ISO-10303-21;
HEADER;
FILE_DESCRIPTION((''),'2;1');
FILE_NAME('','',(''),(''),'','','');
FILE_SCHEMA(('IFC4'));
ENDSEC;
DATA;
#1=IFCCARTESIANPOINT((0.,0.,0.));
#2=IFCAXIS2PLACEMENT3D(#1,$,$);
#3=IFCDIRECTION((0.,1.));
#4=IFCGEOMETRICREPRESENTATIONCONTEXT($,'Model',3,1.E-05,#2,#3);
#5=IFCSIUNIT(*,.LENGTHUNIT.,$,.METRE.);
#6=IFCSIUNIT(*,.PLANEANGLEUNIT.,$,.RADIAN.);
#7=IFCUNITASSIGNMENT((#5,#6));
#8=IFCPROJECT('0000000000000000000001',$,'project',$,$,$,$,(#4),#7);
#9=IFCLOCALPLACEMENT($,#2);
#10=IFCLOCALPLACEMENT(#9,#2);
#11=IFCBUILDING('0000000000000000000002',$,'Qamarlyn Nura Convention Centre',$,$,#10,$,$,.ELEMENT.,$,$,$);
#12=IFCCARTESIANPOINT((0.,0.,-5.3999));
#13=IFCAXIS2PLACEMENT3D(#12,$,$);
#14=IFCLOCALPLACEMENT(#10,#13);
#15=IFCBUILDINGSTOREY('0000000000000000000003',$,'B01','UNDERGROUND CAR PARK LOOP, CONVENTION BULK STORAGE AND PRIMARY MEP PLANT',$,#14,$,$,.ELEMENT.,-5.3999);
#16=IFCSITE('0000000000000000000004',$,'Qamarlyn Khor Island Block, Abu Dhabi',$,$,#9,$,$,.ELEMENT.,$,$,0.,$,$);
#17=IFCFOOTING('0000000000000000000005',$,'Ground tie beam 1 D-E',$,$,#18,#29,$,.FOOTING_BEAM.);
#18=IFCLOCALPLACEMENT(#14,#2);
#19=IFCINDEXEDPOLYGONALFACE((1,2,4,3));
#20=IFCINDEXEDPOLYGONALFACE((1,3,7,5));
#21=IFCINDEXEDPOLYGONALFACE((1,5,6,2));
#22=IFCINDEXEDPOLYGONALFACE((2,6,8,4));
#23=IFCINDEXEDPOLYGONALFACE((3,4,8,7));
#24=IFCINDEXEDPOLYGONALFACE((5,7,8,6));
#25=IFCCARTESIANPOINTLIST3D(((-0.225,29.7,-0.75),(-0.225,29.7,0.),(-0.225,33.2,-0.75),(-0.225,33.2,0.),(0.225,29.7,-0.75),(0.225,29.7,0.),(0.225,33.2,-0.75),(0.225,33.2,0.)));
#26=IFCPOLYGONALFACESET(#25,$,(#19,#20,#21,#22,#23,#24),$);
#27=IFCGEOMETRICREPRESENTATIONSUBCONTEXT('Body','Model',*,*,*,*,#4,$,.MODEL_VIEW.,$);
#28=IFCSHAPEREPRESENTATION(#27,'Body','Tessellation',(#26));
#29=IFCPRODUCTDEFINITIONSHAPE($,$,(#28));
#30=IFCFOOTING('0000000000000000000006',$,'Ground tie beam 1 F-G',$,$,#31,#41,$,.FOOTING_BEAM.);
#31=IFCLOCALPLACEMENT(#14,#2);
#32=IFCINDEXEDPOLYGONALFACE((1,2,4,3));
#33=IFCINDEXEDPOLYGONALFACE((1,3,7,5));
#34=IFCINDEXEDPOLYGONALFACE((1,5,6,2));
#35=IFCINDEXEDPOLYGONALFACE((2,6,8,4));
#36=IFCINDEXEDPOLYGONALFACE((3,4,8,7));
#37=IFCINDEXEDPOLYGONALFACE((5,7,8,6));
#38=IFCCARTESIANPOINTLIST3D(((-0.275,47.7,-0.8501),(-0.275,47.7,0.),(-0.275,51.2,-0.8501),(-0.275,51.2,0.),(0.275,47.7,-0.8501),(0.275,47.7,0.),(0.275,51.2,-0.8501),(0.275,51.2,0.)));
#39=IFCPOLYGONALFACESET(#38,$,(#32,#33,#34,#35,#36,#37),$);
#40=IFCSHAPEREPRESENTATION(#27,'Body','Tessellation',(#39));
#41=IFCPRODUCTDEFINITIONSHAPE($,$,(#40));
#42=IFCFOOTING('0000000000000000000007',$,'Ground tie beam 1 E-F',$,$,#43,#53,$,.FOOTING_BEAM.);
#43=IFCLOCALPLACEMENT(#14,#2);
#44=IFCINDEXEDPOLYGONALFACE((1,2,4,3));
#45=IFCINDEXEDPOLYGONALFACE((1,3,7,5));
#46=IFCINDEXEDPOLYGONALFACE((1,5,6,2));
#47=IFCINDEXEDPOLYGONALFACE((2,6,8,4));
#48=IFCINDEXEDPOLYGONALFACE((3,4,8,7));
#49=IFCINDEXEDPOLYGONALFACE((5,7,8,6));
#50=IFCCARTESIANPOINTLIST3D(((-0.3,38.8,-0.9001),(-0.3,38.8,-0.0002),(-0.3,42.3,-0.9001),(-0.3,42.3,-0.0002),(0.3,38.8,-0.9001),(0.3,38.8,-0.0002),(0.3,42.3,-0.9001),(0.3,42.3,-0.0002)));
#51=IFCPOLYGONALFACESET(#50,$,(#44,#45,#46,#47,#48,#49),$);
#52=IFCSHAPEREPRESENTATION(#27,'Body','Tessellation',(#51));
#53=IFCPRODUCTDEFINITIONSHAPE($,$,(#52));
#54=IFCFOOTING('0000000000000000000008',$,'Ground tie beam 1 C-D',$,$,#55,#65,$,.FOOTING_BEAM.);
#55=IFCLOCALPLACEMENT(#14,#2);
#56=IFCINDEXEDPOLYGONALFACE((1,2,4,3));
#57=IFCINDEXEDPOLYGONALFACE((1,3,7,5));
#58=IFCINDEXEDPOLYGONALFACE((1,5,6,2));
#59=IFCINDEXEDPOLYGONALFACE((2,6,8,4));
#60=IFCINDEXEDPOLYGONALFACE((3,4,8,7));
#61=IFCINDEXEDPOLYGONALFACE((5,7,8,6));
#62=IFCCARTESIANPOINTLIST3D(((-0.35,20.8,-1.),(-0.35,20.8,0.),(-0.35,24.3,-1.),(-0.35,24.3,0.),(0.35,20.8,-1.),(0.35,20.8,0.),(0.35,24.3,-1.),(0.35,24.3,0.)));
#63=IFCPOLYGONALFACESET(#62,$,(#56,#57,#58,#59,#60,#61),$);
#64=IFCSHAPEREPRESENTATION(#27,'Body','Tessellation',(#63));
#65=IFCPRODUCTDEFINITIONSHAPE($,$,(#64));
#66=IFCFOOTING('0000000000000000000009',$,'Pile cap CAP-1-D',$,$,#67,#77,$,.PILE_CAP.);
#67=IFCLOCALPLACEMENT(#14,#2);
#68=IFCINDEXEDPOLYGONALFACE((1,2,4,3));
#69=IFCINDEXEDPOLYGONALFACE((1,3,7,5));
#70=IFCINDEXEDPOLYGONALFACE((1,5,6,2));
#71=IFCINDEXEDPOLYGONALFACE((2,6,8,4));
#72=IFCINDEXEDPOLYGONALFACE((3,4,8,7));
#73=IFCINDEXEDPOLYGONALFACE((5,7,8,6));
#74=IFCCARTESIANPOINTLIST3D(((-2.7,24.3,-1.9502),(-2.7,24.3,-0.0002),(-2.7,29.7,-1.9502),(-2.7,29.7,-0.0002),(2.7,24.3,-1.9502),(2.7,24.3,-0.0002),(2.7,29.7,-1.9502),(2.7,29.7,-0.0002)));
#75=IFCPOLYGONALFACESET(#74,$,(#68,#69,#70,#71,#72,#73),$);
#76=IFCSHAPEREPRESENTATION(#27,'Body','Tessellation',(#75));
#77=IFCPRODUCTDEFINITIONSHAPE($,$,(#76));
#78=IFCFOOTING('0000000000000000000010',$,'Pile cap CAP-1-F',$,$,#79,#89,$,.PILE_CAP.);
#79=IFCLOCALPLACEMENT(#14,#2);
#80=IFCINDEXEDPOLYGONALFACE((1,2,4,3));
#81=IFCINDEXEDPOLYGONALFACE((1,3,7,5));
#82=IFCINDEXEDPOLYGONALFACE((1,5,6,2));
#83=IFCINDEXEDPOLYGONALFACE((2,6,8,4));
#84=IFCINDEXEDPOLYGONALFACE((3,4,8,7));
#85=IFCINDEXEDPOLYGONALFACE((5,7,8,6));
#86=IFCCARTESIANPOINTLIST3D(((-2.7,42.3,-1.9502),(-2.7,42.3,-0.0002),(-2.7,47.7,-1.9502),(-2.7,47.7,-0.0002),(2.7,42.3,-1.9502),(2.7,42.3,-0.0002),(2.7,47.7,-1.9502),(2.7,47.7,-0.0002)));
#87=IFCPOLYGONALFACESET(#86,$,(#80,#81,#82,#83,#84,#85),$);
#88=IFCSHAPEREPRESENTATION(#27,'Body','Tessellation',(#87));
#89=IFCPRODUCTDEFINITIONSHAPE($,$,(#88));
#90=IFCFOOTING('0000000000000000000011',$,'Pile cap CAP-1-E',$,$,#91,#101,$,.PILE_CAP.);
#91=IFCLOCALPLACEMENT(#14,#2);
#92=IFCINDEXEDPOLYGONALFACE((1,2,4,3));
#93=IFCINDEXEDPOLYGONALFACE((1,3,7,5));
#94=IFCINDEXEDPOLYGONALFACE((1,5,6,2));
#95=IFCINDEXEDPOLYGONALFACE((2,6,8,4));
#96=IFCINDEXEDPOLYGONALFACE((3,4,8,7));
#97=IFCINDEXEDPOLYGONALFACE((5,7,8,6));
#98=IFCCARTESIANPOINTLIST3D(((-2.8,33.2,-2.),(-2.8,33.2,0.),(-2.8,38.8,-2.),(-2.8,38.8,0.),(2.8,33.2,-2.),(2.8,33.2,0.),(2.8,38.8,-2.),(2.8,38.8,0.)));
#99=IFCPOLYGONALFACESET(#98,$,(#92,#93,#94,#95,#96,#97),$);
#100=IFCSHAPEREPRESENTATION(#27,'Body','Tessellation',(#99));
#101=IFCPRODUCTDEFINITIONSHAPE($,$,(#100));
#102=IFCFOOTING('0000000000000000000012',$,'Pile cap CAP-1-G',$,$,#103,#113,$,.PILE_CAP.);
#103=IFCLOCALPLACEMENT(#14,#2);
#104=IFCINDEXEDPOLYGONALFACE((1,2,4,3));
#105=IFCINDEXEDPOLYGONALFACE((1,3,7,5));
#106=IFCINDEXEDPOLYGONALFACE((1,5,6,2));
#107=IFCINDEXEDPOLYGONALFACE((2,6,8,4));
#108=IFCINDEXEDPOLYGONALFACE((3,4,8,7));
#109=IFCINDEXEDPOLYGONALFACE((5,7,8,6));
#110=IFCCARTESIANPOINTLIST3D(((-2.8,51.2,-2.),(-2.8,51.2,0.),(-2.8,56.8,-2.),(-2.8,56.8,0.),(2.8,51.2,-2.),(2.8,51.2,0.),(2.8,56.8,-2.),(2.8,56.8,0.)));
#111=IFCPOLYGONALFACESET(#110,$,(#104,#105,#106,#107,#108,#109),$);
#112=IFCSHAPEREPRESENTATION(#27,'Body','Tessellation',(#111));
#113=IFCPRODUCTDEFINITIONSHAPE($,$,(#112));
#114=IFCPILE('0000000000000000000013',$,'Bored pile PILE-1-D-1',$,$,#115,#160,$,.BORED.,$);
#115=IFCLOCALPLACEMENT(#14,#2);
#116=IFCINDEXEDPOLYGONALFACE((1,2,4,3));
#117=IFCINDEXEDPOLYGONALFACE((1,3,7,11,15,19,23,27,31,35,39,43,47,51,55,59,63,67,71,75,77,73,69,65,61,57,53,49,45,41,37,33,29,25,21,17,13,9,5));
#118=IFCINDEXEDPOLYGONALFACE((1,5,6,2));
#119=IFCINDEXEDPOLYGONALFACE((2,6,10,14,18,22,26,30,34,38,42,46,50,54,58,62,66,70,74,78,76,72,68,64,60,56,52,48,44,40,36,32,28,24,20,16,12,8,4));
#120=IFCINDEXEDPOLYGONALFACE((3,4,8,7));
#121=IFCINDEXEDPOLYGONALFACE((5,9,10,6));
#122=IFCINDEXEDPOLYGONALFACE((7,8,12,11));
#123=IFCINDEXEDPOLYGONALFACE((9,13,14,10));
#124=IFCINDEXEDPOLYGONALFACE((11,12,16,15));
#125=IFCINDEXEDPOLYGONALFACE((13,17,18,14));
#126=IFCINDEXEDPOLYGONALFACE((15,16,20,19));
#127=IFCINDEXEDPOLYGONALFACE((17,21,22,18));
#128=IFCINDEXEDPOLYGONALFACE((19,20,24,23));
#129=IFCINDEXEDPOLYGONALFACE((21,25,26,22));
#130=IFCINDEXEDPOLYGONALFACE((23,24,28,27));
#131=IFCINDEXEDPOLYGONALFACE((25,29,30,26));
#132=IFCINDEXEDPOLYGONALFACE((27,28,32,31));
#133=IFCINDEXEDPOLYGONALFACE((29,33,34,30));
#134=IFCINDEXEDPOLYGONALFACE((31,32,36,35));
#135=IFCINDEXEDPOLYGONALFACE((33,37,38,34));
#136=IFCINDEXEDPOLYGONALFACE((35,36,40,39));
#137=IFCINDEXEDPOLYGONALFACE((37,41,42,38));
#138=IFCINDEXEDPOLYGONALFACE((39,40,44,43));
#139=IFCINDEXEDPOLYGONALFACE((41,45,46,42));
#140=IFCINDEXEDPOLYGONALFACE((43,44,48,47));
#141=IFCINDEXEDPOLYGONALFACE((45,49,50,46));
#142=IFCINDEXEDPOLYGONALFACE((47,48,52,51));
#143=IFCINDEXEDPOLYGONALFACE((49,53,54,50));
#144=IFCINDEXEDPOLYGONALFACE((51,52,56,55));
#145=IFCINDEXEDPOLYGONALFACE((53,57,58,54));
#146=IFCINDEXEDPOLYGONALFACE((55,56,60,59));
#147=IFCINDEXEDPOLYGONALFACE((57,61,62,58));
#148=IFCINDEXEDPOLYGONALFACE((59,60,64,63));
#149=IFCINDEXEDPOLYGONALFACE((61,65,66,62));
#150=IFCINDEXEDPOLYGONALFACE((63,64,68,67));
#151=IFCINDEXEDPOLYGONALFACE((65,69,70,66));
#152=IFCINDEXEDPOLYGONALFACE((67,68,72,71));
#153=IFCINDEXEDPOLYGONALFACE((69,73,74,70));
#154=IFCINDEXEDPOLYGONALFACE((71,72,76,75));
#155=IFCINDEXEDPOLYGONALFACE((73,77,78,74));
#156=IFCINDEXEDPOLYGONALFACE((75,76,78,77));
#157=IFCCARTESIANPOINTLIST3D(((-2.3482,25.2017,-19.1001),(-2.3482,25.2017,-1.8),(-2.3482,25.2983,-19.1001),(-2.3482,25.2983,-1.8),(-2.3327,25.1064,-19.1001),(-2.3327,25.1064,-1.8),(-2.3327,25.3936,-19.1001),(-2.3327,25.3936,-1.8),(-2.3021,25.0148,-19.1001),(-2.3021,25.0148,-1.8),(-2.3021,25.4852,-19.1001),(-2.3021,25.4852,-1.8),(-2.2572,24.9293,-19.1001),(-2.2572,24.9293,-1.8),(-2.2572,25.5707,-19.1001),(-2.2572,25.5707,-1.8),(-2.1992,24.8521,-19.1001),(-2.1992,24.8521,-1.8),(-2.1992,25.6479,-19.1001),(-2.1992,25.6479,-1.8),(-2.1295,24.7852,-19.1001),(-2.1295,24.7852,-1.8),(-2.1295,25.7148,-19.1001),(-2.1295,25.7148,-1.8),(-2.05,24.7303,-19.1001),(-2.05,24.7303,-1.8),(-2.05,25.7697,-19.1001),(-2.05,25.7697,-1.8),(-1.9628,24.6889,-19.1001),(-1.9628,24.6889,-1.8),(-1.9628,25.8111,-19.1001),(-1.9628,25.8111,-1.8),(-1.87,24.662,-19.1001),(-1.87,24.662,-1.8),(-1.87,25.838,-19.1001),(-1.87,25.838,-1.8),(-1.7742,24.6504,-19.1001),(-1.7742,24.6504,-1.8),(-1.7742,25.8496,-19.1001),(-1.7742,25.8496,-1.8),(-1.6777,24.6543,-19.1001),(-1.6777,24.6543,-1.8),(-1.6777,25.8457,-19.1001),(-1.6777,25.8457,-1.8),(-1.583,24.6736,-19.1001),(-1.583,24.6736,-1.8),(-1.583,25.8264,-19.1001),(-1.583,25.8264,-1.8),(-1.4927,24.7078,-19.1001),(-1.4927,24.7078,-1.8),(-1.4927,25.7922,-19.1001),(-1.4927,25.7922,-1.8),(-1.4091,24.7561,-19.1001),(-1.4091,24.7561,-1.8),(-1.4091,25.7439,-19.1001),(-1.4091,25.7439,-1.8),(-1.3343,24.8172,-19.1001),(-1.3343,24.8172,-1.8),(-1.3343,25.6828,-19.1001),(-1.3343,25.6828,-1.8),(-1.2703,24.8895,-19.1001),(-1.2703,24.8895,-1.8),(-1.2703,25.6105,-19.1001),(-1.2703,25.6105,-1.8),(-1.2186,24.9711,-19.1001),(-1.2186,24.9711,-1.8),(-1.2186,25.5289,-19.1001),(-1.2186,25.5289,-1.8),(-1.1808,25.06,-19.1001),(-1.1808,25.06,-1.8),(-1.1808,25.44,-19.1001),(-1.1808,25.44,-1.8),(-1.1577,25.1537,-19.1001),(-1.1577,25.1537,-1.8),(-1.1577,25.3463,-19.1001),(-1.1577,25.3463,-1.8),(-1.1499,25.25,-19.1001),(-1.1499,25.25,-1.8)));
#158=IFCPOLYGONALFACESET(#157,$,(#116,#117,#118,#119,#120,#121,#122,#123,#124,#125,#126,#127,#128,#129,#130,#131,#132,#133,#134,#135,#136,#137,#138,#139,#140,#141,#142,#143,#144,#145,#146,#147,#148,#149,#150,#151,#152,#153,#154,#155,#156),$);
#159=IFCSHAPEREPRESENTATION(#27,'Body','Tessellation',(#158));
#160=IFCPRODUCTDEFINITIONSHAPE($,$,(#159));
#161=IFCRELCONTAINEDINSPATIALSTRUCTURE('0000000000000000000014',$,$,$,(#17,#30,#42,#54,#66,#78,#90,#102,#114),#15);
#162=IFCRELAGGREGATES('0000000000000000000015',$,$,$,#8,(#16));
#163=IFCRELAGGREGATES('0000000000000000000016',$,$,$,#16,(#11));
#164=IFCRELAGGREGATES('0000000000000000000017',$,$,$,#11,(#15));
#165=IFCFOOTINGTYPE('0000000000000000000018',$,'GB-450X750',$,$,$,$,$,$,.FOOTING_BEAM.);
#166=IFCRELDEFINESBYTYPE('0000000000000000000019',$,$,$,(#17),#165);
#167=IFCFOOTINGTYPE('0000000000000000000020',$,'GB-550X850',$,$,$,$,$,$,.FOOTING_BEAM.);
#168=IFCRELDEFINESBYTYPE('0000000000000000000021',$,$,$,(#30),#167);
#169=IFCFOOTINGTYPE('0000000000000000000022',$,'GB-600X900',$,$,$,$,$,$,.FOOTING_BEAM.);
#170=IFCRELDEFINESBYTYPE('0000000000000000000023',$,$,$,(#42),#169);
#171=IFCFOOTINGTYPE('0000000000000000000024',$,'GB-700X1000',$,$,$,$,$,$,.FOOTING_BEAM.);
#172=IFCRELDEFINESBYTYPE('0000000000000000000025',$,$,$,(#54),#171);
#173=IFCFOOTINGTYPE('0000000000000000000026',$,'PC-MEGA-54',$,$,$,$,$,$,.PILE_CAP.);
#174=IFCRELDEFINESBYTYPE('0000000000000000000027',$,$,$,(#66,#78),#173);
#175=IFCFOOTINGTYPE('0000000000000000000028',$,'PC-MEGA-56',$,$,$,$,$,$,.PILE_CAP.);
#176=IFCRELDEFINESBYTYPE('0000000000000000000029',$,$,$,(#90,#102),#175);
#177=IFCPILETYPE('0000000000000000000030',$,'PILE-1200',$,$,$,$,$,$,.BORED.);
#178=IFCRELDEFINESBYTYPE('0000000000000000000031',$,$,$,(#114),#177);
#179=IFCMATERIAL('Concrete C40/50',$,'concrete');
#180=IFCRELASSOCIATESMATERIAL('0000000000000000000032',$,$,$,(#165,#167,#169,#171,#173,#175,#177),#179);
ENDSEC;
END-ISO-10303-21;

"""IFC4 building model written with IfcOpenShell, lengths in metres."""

from ifc_helpers import new_model, si_unit, direction, frame, origin, origin_2d, place, context, subcontext, project, spatial, rectangle, circle, extrude, material, material_profile, profile_set, type_object, element, save


model = new_model("IFC4")

# Units and contexts
model_context = context("Model", 3, precision=1e-05, world=origin(), true_north=direction((0.0, 1.0)))
body_context = subcontext(model_context, "Body", "Model", "MODEL_VIEW")
ifc_project = project(units=[si_unit("LENGTHUNIT", "METRE"), si_unit("PLANEANGLEUNIT", "RADIAN")], contexts=[model_context])

# Site, building, storey
site_placement = place(None, origin())
site = spatial("IfcSite", under=ifc_project, at=site_placement, Name="Qamarlyn Khor Island Block, Abu Dhabi", CompositionType="ELEMENT", RefElevation=0.0)
building_placement = place(site_placement, origin())
building = spatial("IfcBuilding", under=site, at=building_placement, Name="Qamarlyn Nura Convention Centre", CompositionType="ELEMENT")
storey_placement = place(building_placement, frame((0.0, 0.0, -5.3999)))
storey = spatial("IfcBuildingStorey", under=building, at=storey_placement, Name="B01", Description="UNDERGROUND CAR PARK LOOP, CONVENTION BULK STORAGE AND PRIMARY MEP PLANT", CompositionType="ELEMENT", Elevation=-5.3999)

# Footings
ifc_material_1 = material(Name="Concrete C40/50", Category="concrete")
ifc_material_profile_1 = material_profile(ifc_material_1, rectangle(XDim=0.45, YDim=0.75, at=origin_2d()), Name="RC GB 450x750")
ifc_profile_set_1 = profile_set([ifc_material_profile_1], Name="Concrete C40/50")
footing_type_1 = type_object("IfcFootingType", Name="GB-450X750", PredefinedType="FOOTING_BEAM", material=ifc_profile_set_1)
footing_1_placement = place(storey_placement, frame((0.0, 29.7, -0.375), z_axis=(0.0, 1.0, 0.0), x_axis=(-1.0, 0.0, 0.0)))
element("IfcFooting", 1, at=footing_1_placement, inside=storey, type_object=footing_type_1, Name="Ground tie beam 1 D-E", PredefinedType="FOOTING_BEAM", context=body_context, shape_type="SweptSolid", body=[
    extrude(rectangle(XDim=0.45, YDim=0.75, at=origin_2d()), origin(), (0.0, 0.0, 1.0), 3.5),
])
ifc_material_profile_2 = material_profile(ifc_material_1, rectangle(XDim=0.55, YDim=0.8501, at=origin_2d()), Name="RC GB 550x850")
ifc_profile_set_2 = profile_set([ifc_material_profile_2], Name="Concrete C40/50")
footing_type_2 = type_object("IfcFootingType", Name="GB-550X850", PredefinedType="FOOTING_BEAM", material=ifc_profile_set_2)
footing_2_placement = place(storey_placement, frame((0.0, 47.7, -0.425), z_axis=(0.0, 1.0, 0.0), x_axis=(-1.0, 0.0, 0.0)))
element("IfcFooting", 2, at=footing_2_placement, inside=storey, type_object=footing_type_2, Name="Ground tie beam 1 F-G", PredefinedType="FOOTING_BEAM", context=body_context, shape_type="SweptSolid", body=[
    extrude(rectangle(XDim=0.55, YDim=0.8501, at=origin_2d()), origin(), (0.0, 0.0, 1.0), 3.5),
])
ifc_material_profile_3 = material_profile(ifc_material_1, rectangle(XDim=0.6001, YDim=0.8999, at=origin_2d()), Name="RC GB 600x900")
ifc_profile_set_3 = profile_set([ifc_material_profile_3], Name="Concrete C40/50")
footing_type_3 = type_object("IfcFootingType", Name="GB-600X900", PredefinedType="FOOTING_BEAM", material=ifc_profile_set_3)
footing_3_placement = place(storey_placement, frame((0.0, 38.8, -0.4502), z_axis=(0.0, 1.0, 0.0), x_axis=(-1.0, 0.0, 0.0)))
element("IfcFooting", 3, at=footing_3_placement, inside=storey, type_object=footing_type_3, Name="Ground tie beam 1 E-F", PredefinedType="FOOTING_BEAM", context=body_context, shape_type="SweptSolid", body=[
    extrude(rectangle(XDim=0.6001, YDim=0.8999, at=origin_2d()), origin(), (0.0, 0.0, 1.0), 3.5),
])
ifc_material_profile_4 = material_profile(ifc_material_1, rectangle(XDim=0.7, YDim=1.0, at=origin_2d()), Name="RC GB 700x1000")
ifc_profile_set_4 = profile_set([ifc_material_profile_4], Name="Concrete C40/50")
footing_type_4 = type_object("IfcFootingType", Name="GB-700X1000", PredefinedType="FOOTING_BEAM", material=ifc_profile_set_4)
footing_4_placement = place(storey_placement, frame((0.0, 20.8, -0.5), z_axis=(0.0, 1.0, 0.0), x_axis=(-1.0, 0.0, 0.0)))
element("IfcFooting", 4, at=footing_4_placement, inside=storey, type_object=footing_type_4, Name="Ground tie beam 1 C-D", PredefinedType="FOOTING_BEAM", context=body_context, shape_type="SweptSolid", body=[
    extrude(rectangle(XDim=0.7, YDim=1.0, at=origin_2d()), origin(), (0.0, 0.0, 1.0), 3.5),
])
footing_type_5 = type_object("IfcFootingType", Name="PC-MEGA-54", PredefinedType="PILE_CAP", material=ifc_material_1)
for number, where, z_axis, x_axis, name in (
    (5, (0.0, 27.0, -1.9502), (0.0, 0.0, 1.0), (1.0, 0.0, 0.0), "Pile cap CAP-1-D"),
    (6, (0.0, 45.0, -1.9502), (0.0, 0.0, 1.0), (1.0, 0.0, 0.0), "Pile cap CAP-1-F"),
):
    element("IfcFooting", number, at=place(storey_placement, frame(where, z_axis=z_axis, x_axis=x_axis)), inside=storey, type_object=footing_type_5, Name=name, PredefinedType="PILE_CAP", context=body_context, shape_type="SweptSolid", body=[
        extrude(rectangle(XDim=5.3999, YDim=5.3999, at=origin_2d()), origin(), (0.0, 0.0, 1.0), 1.95),
    ])
footing_type_6 = type_object("IfcFootingType", Name="PC-MEGA-56", PredefinedType="PILE_CAP", material=ifc_material_1)
for number, where, z_axis, x_axis, name in (
    (7, (0.0, 36.0, -2.0), (0.0, 0.0, 1.0), (1.0, 0.0, 0.0), "Pile cap CAP-1-E"),
    (8, (0.0, 54.0, -2.0), (0.0, 0.0, 1.0), (1.0, 0.0, 0.0), "Pile cap CAP-1-G"),
):
    element("IfcFooting", number, at=place(storey_placement, frame(where, z_axis=z_axis, x_axis=x_axis)), inside=storey, type_object=footing_type_6, Name=name, PredefinedType="PILE_CAP", context=body_context, shape_type="SweptSolid", body=[
        extrude(rectangle(XDim=5.6001, YDim=5.6001, at=origin_2d()), origin(), (0.0, 0.0, 1.0), 2.0),
    ])

# Pile
ifc_material_profile_5 = material_profile(ifc_material_1, circle(Radius=0.6001, at=origin_2d()), Name="BORED PILE 1200")
ifc_profile_set_5 = profile_set([ifc_material_profile_5], Name="Concrete C40/50")
pile_type = type_object("IfcPileType", Name="PILE-1200", PredefinedType="BORED", material=ifc_profile_set_5)
for number, where, z_axis, x_axis, name in (
    (9, (-1.75, 25.25, -1.8), (0.0, 0.0, -1.0), (1.0, 0.0, 0.0), "Bored pile PILE-1-D-1"),
):
    element("IfcPile", number, at=place(storey_placement, frame(where, z_axis=z_axis, x_axis=x_axis)), inside=storey, type_object=pile_type, Name=name, PredefinedType="BORED", context=body_context, shape_type="SweptSolid", body=[
        extrude(circle(Radius=0.6001, at=origin_2d()), origin(), (0.0, 0.0, 1.0), 17.3),
    ])

save(model, "model.ifc")
